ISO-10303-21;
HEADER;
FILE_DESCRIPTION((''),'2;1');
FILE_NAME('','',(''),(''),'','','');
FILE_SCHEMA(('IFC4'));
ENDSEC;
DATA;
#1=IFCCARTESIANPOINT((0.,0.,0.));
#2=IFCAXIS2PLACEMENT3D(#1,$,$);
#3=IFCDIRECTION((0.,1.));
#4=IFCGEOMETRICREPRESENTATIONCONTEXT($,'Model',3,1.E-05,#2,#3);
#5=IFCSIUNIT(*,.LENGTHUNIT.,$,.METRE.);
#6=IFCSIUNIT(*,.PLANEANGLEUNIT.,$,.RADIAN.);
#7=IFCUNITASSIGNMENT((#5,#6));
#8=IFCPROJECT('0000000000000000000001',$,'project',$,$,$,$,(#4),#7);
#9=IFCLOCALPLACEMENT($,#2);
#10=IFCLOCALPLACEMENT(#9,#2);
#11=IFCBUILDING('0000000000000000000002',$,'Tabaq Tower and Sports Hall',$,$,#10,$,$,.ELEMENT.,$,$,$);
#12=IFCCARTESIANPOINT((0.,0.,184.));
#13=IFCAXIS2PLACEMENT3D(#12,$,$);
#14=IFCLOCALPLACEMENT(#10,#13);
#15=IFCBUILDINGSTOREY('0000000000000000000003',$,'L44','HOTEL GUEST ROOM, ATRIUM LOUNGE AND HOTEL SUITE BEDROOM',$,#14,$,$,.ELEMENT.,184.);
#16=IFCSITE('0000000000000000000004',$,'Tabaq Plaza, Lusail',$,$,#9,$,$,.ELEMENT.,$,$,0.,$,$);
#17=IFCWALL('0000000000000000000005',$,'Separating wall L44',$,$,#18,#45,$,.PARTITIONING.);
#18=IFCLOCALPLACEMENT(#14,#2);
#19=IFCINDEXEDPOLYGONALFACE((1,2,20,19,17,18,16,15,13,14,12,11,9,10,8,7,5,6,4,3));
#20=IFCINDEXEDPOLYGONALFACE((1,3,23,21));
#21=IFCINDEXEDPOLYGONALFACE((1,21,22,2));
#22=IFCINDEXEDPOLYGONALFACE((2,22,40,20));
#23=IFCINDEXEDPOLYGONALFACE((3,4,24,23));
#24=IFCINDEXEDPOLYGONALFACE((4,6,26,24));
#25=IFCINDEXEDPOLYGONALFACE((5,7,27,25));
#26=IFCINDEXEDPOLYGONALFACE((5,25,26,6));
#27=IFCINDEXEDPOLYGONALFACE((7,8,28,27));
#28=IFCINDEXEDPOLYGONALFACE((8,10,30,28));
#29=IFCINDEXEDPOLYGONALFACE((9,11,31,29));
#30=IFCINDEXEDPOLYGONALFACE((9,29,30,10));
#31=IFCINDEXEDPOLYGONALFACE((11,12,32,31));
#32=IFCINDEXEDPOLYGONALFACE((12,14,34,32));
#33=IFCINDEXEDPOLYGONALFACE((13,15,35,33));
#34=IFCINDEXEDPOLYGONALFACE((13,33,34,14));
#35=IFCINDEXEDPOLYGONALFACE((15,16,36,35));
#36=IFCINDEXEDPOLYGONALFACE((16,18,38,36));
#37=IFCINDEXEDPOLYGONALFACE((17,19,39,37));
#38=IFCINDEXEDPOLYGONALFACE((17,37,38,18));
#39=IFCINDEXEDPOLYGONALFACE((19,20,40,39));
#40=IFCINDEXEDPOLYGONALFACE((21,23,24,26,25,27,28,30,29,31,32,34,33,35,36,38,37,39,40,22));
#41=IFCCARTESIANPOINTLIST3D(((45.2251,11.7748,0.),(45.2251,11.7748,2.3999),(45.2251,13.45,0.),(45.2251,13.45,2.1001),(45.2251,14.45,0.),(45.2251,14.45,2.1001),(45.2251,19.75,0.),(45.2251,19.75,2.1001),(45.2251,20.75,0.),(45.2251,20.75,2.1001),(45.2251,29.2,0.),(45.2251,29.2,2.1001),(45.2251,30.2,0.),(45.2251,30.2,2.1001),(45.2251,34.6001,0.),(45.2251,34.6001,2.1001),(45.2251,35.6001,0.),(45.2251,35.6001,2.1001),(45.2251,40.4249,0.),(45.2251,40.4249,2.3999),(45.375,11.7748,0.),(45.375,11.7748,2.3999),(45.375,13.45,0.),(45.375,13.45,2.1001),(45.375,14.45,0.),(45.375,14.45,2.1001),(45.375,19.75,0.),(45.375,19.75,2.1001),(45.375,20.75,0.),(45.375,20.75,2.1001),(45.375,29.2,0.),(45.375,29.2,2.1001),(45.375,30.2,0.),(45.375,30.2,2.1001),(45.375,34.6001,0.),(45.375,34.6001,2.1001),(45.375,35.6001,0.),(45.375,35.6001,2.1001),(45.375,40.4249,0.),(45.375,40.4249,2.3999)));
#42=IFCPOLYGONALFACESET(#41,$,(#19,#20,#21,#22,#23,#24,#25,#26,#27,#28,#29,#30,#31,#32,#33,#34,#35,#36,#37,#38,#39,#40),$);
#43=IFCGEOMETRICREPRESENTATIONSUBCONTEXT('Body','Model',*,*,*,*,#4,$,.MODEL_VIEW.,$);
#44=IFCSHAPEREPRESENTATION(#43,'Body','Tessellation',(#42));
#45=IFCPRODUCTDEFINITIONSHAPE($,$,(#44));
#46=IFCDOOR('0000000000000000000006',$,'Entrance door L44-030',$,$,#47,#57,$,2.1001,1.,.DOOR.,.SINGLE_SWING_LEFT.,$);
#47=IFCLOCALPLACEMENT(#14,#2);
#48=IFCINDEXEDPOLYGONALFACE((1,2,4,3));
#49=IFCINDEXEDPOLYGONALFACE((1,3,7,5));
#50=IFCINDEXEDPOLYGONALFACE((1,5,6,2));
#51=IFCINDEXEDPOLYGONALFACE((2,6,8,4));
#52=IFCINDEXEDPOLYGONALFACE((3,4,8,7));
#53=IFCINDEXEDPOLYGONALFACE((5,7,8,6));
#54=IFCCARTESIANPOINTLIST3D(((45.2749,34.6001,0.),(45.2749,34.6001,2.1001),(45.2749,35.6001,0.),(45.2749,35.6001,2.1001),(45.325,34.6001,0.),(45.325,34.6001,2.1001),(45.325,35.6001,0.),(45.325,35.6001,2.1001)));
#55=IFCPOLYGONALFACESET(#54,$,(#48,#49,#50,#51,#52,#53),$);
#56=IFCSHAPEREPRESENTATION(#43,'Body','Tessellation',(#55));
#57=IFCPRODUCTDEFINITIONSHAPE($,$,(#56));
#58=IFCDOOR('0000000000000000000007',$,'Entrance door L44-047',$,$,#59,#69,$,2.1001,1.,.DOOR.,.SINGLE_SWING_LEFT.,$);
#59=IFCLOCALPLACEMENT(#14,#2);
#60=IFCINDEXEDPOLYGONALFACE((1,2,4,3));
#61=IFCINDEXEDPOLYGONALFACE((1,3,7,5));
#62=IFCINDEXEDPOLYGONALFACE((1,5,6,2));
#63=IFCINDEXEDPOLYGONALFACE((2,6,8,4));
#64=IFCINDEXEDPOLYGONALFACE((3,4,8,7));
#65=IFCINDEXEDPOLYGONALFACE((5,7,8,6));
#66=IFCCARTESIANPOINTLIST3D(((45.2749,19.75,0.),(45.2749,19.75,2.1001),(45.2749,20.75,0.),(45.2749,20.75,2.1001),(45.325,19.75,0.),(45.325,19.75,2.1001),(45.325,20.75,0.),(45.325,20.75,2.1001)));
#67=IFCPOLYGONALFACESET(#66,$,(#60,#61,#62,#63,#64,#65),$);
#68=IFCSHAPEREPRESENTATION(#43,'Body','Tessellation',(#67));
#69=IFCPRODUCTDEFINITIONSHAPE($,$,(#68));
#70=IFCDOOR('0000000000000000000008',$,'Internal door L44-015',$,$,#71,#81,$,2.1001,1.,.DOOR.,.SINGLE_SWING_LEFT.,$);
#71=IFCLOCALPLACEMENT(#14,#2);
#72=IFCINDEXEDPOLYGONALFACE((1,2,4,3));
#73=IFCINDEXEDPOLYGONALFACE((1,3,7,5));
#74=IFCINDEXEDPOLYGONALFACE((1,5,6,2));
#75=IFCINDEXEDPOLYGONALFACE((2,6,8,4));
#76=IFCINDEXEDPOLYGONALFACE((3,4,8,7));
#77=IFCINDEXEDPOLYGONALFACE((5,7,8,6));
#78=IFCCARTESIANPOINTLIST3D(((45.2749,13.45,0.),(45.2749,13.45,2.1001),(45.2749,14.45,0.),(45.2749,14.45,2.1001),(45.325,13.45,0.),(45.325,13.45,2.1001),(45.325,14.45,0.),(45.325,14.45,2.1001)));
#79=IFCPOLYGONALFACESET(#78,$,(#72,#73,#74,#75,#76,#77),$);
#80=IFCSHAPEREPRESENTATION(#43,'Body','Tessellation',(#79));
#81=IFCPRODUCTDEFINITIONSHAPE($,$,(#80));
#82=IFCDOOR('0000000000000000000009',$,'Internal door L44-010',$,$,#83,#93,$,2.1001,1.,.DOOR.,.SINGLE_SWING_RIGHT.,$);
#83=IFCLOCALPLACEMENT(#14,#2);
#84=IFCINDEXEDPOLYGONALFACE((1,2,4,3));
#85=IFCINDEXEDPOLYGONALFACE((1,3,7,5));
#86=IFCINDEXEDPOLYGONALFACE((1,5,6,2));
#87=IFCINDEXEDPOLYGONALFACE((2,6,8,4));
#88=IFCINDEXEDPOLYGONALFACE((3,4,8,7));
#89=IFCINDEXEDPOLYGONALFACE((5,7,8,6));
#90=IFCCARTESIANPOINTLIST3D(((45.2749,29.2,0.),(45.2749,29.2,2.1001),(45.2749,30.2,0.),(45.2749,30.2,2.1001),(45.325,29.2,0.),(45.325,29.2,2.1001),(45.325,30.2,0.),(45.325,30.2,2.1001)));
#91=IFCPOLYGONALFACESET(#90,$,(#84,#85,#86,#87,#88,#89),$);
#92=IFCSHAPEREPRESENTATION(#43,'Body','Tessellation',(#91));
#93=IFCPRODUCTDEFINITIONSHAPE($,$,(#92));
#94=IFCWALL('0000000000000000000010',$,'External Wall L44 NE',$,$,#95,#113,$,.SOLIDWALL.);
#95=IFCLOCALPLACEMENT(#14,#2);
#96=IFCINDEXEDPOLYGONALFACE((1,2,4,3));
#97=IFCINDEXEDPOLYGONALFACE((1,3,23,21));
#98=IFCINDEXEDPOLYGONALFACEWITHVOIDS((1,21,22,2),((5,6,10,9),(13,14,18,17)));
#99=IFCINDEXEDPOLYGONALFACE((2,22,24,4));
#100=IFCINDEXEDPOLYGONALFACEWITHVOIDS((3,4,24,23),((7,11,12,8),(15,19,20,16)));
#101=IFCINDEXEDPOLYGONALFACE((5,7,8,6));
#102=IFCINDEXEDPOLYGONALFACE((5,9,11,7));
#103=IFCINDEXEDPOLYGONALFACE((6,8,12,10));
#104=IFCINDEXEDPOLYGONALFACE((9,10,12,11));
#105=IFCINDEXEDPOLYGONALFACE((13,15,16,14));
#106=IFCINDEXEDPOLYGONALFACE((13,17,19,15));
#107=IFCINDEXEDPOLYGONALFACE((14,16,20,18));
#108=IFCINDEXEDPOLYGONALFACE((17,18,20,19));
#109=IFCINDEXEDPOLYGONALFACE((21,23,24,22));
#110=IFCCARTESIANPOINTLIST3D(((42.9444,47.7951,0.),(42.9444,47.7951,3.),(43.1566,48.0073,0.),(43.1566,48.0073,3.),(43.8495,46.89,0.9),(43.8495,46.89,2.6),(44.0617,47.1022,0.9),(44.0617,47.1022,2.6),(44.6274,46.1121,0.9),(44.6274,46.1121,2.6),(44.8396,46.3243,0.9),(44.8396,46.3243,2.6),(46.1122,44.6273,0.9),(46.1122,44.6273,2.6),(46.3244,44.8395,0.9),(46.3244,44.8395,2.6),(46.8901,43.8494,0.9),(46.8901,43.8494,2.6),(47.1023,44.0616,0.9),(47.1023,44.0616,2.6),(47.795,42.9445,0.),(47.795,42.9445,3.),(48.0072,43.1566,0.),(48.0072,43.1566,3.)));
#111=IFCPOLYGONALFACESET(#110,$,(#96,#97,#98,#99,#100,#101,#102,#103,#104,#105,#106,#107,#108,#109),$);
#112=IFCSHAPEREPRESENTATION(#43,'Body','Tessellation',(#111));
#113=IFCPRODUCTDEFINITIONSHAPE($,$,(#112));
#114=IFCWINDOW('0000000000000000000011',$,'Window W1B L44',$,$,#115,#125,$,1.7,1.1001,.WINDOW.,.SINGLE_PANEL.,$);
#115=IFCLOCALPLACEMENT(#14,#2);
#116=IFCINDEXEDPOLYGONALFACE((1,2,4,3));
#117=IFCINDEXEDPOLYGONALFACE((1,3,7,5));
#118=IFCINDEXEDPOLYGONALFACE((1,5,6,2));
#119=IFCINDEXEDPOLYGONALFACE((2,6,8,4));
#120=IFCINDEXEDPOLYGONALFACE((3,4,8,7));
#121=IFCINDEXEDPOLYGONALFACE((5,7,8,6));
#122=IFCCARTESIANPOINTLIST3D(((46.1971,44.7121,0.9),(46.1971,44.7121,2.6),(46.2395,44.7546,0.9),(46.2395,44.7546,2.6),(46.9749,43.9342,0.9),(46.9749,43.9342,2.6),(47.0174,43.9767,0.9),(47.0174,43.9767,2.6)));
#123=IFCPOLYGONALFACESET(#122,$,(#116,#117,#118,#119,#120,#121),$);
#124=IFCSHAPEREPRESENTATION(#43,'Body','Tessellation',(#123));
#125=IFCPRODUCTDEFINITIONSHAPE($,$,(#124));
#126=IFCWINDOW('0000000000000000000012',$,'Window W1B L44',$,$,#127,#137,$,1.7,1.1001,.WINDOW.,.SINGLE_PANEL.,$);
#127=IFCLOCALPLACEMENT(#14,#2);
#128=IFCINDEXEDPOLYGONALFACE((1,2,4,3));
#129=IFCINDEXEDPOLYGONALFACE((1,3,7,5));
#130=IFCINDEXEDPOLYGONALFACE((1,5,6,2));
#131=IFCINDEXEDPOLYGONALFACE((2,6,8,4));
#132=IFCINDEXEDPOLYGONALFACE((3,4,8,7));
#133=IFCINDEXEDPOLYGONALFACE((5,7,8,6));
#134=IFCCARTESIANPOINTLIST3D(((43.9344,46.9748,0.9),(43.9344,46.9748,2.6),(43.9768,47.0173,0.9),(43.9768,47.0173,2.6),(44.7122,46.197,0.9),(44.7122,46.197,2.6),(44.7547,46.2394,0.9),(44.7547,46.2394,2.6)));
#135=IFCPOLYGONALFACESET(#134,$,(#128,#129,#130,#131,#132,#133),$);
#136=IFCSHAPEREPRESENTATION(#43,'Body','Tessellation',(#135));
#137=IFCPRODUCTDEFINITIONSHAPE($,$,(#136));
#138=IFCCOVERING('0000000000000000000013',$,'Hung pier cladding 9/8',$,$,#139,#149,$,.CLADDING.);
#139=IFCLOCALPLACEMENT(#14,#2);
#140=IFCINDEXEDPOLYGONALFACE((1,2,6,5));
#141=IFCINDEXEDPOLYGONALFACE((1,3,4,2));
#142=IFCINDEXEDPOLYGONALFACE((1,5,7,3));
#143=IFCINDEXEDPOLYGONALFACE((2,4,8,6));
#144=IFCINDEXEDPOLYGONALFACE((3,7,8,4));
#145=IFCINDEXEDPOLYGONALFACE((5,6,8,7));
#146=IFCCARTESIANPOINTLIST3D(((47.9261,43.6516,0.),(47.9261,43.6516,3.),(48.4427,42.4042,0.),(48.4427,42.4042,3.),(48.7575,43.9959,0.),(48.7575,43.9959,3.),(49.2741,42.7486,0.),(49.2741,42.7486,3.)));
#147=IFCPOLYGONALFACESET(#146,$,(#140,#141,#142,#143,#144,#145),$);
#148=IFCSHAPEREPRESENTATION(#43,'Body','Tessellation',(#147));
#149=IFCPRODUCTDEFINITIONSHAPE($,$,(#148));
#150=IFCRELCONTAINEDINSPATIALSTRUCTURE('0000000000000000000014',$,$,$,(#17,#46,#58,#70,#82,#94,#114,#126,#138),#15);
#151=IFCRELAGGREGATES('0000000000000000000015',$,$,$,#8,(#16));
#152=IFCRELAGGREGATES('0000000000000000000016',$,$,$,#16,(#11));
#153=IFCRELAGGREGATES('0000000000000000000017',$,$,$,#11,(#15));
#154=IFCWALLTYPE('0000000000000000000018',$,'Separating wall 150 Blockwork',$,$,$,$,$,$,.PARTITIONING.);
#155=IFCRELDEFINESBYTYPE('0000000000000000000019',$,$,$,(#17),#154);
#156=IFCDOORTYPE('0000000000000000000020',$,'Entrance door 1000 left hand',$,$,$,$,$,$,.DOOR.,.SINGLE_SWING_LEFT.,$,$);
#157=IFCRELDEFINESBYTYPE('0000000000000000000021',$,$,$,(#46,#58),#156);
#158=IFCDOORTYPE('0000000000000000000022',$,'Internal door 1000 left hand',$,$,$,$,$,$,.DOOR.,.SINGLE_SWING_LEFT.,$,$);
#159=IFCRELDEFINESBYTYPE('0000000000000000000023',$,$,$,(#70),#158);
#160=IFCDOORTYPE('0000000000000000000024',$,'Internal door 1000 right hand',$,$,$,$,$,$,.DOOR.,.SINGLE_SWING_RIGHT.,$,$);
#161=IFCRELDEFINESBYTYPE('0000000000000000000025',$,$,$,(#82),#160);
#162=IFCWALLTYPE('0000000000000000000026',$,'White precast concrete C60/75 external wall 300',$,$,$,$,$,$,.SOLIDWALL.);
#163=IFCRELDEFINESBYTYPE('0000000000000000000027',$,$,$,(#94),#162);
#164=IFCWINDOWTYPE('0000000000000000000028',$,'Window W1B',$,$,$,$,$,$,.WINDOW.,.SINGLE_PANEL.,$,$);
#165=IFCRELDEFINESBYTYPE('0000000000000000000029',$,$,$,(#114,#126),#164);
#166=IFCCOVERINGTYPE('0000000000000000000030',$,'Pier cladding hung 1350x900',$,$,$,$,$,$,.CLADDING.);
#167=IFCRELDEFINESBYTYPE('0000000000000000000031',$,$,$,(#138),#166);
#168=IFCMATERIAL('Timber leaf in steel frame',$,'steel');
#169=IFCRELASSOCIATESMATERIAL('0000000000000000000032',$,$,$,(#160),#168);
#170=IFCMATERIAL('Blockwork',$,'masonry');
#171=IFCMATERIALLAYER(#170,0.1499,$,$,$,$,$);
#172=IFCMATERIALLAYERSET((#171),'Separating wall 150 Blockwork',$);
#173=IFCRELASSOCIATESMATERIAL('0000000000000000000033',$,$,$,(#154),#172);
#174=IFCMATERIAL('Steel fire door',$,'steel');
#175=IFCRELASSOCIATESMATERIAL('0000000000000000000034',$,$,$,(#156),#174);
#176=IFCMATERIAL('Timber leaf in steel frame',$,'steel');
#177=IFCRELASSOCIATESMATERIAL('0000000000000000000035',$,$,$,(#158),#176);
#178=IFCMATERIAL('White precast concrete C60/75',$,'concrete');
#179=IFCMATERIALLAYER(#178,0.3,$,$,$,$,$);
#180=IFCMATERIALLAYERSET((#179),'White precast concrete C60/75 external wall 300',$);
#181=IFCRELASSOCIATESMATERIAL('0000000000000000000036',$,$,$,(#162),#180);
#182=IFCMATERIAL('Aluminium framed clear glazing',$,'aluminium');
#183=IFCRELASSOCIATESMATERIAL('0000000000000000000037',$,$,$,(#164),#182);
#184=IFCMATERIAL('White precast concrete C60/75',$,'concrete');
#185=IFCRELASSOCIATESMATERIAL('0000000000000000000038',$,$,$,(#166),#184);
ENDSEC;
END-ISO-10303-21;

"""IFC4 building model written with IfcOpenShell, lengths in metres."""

from ifc_helpers import new_model, si_unit, direction, frame, frame_2d, origin, place, context, subcontext, project, spatial, rectangle, extrude, material, layer, layer_set, type_object, element, fill, save


model = new_model("IFC4")

# Units and contexts
model_context = context("Model", 3, precision=1e-05, world=origin(), true_north=direction((0.0, 1.0)))
body_context = subcontext(model_context, "Body", "Model", "MODEL_VIEW")
ifc_project = project(units=[si_unit("LENGTHUNIT", "METRE"), si_unit("PLANEANGLEUNIT", "RADIAN")], contexts=[model_context])

# Site, building, storey
site_placement = place(None, origin())
site = spatial("IfcSite", under=ifc_project, at=site_placement, Name="Tabaq Plaza, Lusail", CompositionType="ELEMENT", RefElevation=0.0)
building_placement = place(site_placement, origin())
building = spatial("IfcBuilding", under=site, at=building_placement, Name="Tabaq Tower and Sports Hall", CompositionType="ELEMENT")
storey_placement = place(building_placement, frame((0.0, 0.0, 184.0)))
storey = spatial("IfcBuildingStorey", under=building, at=storey_placement, Name="L44", Description="HOTEL GUEST ROOM, ATRIUM LOUNGE AND HOTEL SUITE BEDROOM", CompositionType="ELEMENT", Elevation=184.0)

# Shared definitions
ifc_material_1 = material(Name="Timber leaf in steel frame", Category="steel")
door_type_1 = type_object("IfcDoorType", Name="Internal door 1000 right hand", OperationType="SINGLE_SWING_RIGHT", PredefinedType="DOOR", material=ifc_material_1)

# Wall, openings, doors
ifc_material_2 = material(Name="Blockwork", Category="masonry")
ifc_layer_1 = layer(ifc_material_2, 0.1499)
ifc_layer_set_1 = layer_set([ifc_layer_1], Name="Separating wall 150 Blockwork")
wall_type_1 = type_object("IfcWallType", Name="Separating wall 150 Blockwork", PredefinedType="PARTITIONING", material=ifc_layer_set_1)
ifc_material_3 = material(Name="Steel fire door", Category="steel")
door_type_2 = type_object("IfcDoorType", Name="Entrance door 1000 left hand", OperationType="SINGLE_SWING_LEFT", PredefinedType="DOOR", material=ifc_material_3)
wall_1_placement = place(storey_placement, frame((45.3, 40.425, 0.0), z_axis=(0.0, 0.0, 1.0), x_axis=(0.0, -1.0, 0.0)))
wall_1 = element("IfcWall", 1, at=wall_1_placement, inside=storey, type_object=wall_type_1, Name="Separating wall L44", PredefinedType="PARTITIONING", context=body_context, shape_type="SweptSolid", body=[
    extrude(rectangle(XDim=28.6501, YDim=0.1499, at=frame_2d((14.3252, 0.0))), origin(), (0.0, 0.0, 1.0), 2.3999),
])
opening_1_placement = place(wall_1_placement, frame((10.2251, 0.0, 0.0)))
opening_1 = element("IfcOpeningElement", 2, at=opening_1_placement, cuts=wall_1, PredefinedType="OPENING", context=body_context, shape_type="SweptSolid", body=[
    extrude(rectangle(XDim=1.0, YDim=2.1001, at=frame_2d((0.5, 1.05))), frame((0.0, 0.075, 0.0), z_axis=(0.0, -1.0, 0.0), x_axis=(1.0, 0.0, 0.0)), (0.0, 0.0, 1.0), 0.1499),
])
opening_2_placement = place(wall_1_placement, frame((25.9751, 0.0, 0.0)))
opening_2 = element("IfcOpeningElement", 3, at=opening_2_placement, cuts=wall_1, PredefinedType="OPENING", context=body_context, shape_type="SweptSolid", body=[
    extrude(rectangle(XDim=1.0, YDim=2.1001, at=frame_2d((0.5, 1.05))), frame((0.0, 0.075, 0.0), z_axis=(0.0, -1.0, 0.0), x_axis=(1.0, 0.0, 0.0)), (0.0, 0.0, 1.0), 0.1499),
])
opening_3_placement = place(wall_1_placement, frame((4.825, 0.0, 0.0)))
opening_3 = element("IfcOpeningElement", 4, at=opening_3_placement, cuts=wall_1, PredefinedType="OPENING", context=body_context, shape_type="SweptSolid", body=[
    extrude(rectangle(XDim=1.0, YDim=2.1001, at=frame_2d((0.5, 1.05))), frame((0.0, 0.075, 0.0), z_axis=(0.0, -1.0, 0.0), x_axis=(1.0, 0.0, 0.0)), (0.0, 0.0, 1.0), 0.1499),
])
opening_4_placement = place(wall_1_placement, frame((19.675, 0.0, 0.0)))
opening_4 = element("IfcOpeningElement", 5, at=opening_4_placement, cuts=wall_1, PredefinedType="OPENING", context=body_context, shape_type="SweptSolid", body=[
    extrude(rectangle(XDim=1.0, YDim=2.1001, at=frame_2d((0.5, 1.05))), frame((0.0, 0.075, 0.0), z_axis=(0.0, -1.0, 0.0), x_axis=(1.0, 0.0, 0.0)), (0.0, 0.0, 1.0), 0.1499),
])
door_1_placement = place(opening_3_placement, origin())
door_1 = element("IfcDoor", 6, at=door_1_placement, inside=storey, type_object=door_type_2, Name="Entrance door L44-030", OperationType="SINGLE_SWING_LEFT", OverallHeight=2.1001, OverallWidth=1.0, PredefinedType="DOOR", context=body_context, shape_type="SweptSolid", body=[
    extrude(rectangle(XDim=1.0, YDim=2.1001, at=frame_2d((0.5, 1.05))), frame((0.0, 0.0249, 0.0), z_axis=(0.0, -1.0, 0.0), x_axis=(1.0, 0.0, 0.0)), (0.0, 0.0, 1.0), 0.05),
])
fill(opening_3, door_1)
door_2_placement = place(opening_4_placement, origin())
door_2 = element("IfcDoor", 7, at=door_2_placement, inside=storey, type_object=door_type_2, Name="Entrance door L44-047", OperationType="SINGLE_SWING_LEFT", OverallHeight=2.1001, OverallWidth=1.0, PredefinedType="DOOR", context=body_context, shape_type="SweptSolid", body=[
    extrude(rectangle(XDim=1.0, YDim=2.1001, at=frame_2d((0.5, 1.05))), frame((0.0, 0.0249, 0.0), z_axis=(0.0, -1.0, 0.0), x_axis=(1.0, 0.0, 0.0)), (0.0, 0.0, 1.0), 0.05),
])
fill(opening_4, door_2)
ifc_material_4 = material(Name="Timber leaf in steel frame", Category="steel")
door_type_3 = type_object("IfcDoorType", Name="Internal door 1000 left hand", OperationType="SINGLE_SWING_LEFT", PredefinedType="DOOR", material=ifc_material_4)
door_3_placement = place(opening_2_placement, origin())
door_3 = element("IfcDoor", 8, at=door_3_placement, inside=storey, type_object=door_type_3, Name="Internal door L44-015", OperationType="SINGLE_SWING_LEFT", OverallHeight=2.1001, OverallWidth=1.0, PredefinedType="DOOR", context=body_context, shape_type="SweptSolid", body=[
    extrude(rectangle(XDim=1.0, YDim=2.1001, at=frame_2d((0.5, 1.05))), frame((0.0, 0.0249, 0.0), z_axis=(0.0, -1.0, 0.0), x_axis=(1.0, 0.0, 0.0)), (0.0, 0.0, 1.0), 0.05),
])
fill(opening_2, door_3)
door_4_placement = place(opening_1_placement, origin())
door_4 = element("IfcDoor", 9, at=door_4_placement, inside=storey, type_object=door_type_1, Name="Internal door L44-010", OperationType="SINGLE_SWING_RIGHT", OverallHeight=2.1001, OverallWidth=1.0, PredefinedType="DOOR", context=body_context, shape_type="SweptSolid", body=[
    extrude(rectangle(XDim=1.0, YDim=2.1001, at=frame_2d((0.5, 1.05))), frame((0.0, 0.0249, 0.0), z_axis=(0.0, -1.0, 0.0), x_axis=(1.0, 0.0, 0.0)), (0.0, 0.0, 1.0), 0.05),
])
fill(opening_1, door_4)

# Wall, openings, windows
ifc_material_5 = material(Name="White precast concrete C60/75", Category="concrete")
ifc_layer_2 = layer(ifc_material_5, 0.3)
ifc_layer_set_2 = layer_set([ifc_layer_2], Name="White precast concrete C60/75 external wall 300")
wall_type_2 = type_object("IfcWallType", Name="White precast concrete C60/75 external wall 300", PredefinedType="SOLIDWALL", material=ifc_layer_set_2)
wall_2_placement = place(storey_placement, frame((47.9011, 43.0505, 0.0), z_axis=(0.0, 0.0, 1.0), x_axis=(-0.707107, 0.707107, 0.0)))
wall_2 = element("IfcWall", 10, at=wall_2_placement, inside=storey, type_object=wall_type_2, Name="External Wall L44 NE", PredefinedType="SOLIDWALL", context=body_context, shape_type="SweptSolid", body=[
    extrude(rectangle(XDim=6.8599, YDim=0.3, at=frame_2d((3.4299, 0.0))), origin(), (0.0, 0.0, 1.0), 3.0),
])
opening_5_placement = place(wall_2_placement, frame((1.2798, 0.0, 0.8999)))
opening_5 = element("IfcOpeningElement", 11, at=opening_5_placement, cuts=wall_2, PredefinedType="OPENING", context=body_context, shape_type="SweptSolid", body=[
    extrude(rectangle(XDim=1.1001, YDim=1.7, at=frame_2d((0.55, 0.8501))), frame((0.0, 0.1602, 0.0), z_axis=(0.0, -1.0, 0.0), x_axis=(1.0, 0.0, 0.0)), (0.0, 0.0, 1.0), 0.3201),
])
opening_6_placement = place(wall_2_placement, frame((4.4797, 0.0, 0.8999)))
opening_6 = element("IfcOpeningElement", 12, at=opening_6_placement, cuts=wall_2, PredefinedType="OPENING", context=body_context, shape_type="SweptSolid", body=[
    extrude(rectangle(XDim=1.1001, YDim=1.7, at=frame_2d((0.55, 0.8501))), frame((0.0, 0.1602, 0.0), z_axis=(0.0, -1.0, 0.0), x_axis=(1.0, 0.0, 0.0)), (0.0, 0.0, 1.0), 0.3201),
])
ifc_material_6 = material(Name="Aluminium framed clear glazing", Category="aluminium")
window_type = type_object("IfcWindowType", Name="Window W1B", PartitioningType="SINGLE_PANEL", PredefinedType="WINDOW", material=ifc_material_6)
window_1_placement = place(opening_5_placement, origin())
window_1 = element("IfcWindow", 13, at=window_1_placement, inside=storey, type_object=window_type, Name="Window W1B L44", OverallHeight=1.7, OverallWidth=1.1001, PartitioningType="SINGLE_PANEL", PredefinedType="WINDOW", context=body_context, shape_type="SweptSolid", body=[
    extrude(rectangle(XDim=1.1001, YDim=1.7, at=frame_2d((0.55, 0.8501))), frame((0.0, 0.03, 0.0), z_axis=(0.0, -1.0, 0.0), x_axis=(1.0, 0.0, 0.0)), (0.0, 0.0, 1.0), 0.0601),
])
fill(opening_5, window_1)
window_2_placement = place(opening_6_placement, origin())
window_2 = element("IfcWindow", 14, at=window_2_placement, inside=storey, type_object=window_type, Name="Window W1B L44", OverallHeight=1.7, OverallWidth=1.1001, PartitioningType="SINGLE_PANEL", PredefinedType="WINDOW", context=body_context, shape_type="SweptSolid", body=[
    extrude(rectangle(XDim=1.1001, YDim=1.7, at=frame_2d((0.55, 0.8501))), frame((0.0, 0.03, 0.0), z_axis=(0.0, -1.0, 0.0), x_axis=(1.0, 0.0, 0.0)), (0.0, 0.0, 1.0), 0.0601),
])
fill(opening_6, window_2)

# Covering
ifc_material_7 = material(Name="White precast concrete C60/75", Category="concrete")
covering_type = type_object("IfcCoveringType", Name="Pier cladding hung 1350x900", PredefinedType="CLADDING", material=ifc_material_7)
covering_placement = place(storey_placement, frame((48.8584, 42.5764, 0.0), z_axis=(0.0, 0.0, 1.0), x_axis=(-0.38265, 0.923893, 0.0)))
element("IfcCovering", 15, at=covering_placement, inside=storey, type_object=covering_type, Name="Hung pier cladding 9/8", PredefinedType="CLADDING", context=body_context, shape_type="SweptSolid", body=[
    extrude(rectangle(XDim=1.3501, YDim=0.8999, at=frame_2d((0.675, 0.0))), origin(), (0.0, 0.0, 1.0), 3.0),
])

save(model, "model.ifc")
